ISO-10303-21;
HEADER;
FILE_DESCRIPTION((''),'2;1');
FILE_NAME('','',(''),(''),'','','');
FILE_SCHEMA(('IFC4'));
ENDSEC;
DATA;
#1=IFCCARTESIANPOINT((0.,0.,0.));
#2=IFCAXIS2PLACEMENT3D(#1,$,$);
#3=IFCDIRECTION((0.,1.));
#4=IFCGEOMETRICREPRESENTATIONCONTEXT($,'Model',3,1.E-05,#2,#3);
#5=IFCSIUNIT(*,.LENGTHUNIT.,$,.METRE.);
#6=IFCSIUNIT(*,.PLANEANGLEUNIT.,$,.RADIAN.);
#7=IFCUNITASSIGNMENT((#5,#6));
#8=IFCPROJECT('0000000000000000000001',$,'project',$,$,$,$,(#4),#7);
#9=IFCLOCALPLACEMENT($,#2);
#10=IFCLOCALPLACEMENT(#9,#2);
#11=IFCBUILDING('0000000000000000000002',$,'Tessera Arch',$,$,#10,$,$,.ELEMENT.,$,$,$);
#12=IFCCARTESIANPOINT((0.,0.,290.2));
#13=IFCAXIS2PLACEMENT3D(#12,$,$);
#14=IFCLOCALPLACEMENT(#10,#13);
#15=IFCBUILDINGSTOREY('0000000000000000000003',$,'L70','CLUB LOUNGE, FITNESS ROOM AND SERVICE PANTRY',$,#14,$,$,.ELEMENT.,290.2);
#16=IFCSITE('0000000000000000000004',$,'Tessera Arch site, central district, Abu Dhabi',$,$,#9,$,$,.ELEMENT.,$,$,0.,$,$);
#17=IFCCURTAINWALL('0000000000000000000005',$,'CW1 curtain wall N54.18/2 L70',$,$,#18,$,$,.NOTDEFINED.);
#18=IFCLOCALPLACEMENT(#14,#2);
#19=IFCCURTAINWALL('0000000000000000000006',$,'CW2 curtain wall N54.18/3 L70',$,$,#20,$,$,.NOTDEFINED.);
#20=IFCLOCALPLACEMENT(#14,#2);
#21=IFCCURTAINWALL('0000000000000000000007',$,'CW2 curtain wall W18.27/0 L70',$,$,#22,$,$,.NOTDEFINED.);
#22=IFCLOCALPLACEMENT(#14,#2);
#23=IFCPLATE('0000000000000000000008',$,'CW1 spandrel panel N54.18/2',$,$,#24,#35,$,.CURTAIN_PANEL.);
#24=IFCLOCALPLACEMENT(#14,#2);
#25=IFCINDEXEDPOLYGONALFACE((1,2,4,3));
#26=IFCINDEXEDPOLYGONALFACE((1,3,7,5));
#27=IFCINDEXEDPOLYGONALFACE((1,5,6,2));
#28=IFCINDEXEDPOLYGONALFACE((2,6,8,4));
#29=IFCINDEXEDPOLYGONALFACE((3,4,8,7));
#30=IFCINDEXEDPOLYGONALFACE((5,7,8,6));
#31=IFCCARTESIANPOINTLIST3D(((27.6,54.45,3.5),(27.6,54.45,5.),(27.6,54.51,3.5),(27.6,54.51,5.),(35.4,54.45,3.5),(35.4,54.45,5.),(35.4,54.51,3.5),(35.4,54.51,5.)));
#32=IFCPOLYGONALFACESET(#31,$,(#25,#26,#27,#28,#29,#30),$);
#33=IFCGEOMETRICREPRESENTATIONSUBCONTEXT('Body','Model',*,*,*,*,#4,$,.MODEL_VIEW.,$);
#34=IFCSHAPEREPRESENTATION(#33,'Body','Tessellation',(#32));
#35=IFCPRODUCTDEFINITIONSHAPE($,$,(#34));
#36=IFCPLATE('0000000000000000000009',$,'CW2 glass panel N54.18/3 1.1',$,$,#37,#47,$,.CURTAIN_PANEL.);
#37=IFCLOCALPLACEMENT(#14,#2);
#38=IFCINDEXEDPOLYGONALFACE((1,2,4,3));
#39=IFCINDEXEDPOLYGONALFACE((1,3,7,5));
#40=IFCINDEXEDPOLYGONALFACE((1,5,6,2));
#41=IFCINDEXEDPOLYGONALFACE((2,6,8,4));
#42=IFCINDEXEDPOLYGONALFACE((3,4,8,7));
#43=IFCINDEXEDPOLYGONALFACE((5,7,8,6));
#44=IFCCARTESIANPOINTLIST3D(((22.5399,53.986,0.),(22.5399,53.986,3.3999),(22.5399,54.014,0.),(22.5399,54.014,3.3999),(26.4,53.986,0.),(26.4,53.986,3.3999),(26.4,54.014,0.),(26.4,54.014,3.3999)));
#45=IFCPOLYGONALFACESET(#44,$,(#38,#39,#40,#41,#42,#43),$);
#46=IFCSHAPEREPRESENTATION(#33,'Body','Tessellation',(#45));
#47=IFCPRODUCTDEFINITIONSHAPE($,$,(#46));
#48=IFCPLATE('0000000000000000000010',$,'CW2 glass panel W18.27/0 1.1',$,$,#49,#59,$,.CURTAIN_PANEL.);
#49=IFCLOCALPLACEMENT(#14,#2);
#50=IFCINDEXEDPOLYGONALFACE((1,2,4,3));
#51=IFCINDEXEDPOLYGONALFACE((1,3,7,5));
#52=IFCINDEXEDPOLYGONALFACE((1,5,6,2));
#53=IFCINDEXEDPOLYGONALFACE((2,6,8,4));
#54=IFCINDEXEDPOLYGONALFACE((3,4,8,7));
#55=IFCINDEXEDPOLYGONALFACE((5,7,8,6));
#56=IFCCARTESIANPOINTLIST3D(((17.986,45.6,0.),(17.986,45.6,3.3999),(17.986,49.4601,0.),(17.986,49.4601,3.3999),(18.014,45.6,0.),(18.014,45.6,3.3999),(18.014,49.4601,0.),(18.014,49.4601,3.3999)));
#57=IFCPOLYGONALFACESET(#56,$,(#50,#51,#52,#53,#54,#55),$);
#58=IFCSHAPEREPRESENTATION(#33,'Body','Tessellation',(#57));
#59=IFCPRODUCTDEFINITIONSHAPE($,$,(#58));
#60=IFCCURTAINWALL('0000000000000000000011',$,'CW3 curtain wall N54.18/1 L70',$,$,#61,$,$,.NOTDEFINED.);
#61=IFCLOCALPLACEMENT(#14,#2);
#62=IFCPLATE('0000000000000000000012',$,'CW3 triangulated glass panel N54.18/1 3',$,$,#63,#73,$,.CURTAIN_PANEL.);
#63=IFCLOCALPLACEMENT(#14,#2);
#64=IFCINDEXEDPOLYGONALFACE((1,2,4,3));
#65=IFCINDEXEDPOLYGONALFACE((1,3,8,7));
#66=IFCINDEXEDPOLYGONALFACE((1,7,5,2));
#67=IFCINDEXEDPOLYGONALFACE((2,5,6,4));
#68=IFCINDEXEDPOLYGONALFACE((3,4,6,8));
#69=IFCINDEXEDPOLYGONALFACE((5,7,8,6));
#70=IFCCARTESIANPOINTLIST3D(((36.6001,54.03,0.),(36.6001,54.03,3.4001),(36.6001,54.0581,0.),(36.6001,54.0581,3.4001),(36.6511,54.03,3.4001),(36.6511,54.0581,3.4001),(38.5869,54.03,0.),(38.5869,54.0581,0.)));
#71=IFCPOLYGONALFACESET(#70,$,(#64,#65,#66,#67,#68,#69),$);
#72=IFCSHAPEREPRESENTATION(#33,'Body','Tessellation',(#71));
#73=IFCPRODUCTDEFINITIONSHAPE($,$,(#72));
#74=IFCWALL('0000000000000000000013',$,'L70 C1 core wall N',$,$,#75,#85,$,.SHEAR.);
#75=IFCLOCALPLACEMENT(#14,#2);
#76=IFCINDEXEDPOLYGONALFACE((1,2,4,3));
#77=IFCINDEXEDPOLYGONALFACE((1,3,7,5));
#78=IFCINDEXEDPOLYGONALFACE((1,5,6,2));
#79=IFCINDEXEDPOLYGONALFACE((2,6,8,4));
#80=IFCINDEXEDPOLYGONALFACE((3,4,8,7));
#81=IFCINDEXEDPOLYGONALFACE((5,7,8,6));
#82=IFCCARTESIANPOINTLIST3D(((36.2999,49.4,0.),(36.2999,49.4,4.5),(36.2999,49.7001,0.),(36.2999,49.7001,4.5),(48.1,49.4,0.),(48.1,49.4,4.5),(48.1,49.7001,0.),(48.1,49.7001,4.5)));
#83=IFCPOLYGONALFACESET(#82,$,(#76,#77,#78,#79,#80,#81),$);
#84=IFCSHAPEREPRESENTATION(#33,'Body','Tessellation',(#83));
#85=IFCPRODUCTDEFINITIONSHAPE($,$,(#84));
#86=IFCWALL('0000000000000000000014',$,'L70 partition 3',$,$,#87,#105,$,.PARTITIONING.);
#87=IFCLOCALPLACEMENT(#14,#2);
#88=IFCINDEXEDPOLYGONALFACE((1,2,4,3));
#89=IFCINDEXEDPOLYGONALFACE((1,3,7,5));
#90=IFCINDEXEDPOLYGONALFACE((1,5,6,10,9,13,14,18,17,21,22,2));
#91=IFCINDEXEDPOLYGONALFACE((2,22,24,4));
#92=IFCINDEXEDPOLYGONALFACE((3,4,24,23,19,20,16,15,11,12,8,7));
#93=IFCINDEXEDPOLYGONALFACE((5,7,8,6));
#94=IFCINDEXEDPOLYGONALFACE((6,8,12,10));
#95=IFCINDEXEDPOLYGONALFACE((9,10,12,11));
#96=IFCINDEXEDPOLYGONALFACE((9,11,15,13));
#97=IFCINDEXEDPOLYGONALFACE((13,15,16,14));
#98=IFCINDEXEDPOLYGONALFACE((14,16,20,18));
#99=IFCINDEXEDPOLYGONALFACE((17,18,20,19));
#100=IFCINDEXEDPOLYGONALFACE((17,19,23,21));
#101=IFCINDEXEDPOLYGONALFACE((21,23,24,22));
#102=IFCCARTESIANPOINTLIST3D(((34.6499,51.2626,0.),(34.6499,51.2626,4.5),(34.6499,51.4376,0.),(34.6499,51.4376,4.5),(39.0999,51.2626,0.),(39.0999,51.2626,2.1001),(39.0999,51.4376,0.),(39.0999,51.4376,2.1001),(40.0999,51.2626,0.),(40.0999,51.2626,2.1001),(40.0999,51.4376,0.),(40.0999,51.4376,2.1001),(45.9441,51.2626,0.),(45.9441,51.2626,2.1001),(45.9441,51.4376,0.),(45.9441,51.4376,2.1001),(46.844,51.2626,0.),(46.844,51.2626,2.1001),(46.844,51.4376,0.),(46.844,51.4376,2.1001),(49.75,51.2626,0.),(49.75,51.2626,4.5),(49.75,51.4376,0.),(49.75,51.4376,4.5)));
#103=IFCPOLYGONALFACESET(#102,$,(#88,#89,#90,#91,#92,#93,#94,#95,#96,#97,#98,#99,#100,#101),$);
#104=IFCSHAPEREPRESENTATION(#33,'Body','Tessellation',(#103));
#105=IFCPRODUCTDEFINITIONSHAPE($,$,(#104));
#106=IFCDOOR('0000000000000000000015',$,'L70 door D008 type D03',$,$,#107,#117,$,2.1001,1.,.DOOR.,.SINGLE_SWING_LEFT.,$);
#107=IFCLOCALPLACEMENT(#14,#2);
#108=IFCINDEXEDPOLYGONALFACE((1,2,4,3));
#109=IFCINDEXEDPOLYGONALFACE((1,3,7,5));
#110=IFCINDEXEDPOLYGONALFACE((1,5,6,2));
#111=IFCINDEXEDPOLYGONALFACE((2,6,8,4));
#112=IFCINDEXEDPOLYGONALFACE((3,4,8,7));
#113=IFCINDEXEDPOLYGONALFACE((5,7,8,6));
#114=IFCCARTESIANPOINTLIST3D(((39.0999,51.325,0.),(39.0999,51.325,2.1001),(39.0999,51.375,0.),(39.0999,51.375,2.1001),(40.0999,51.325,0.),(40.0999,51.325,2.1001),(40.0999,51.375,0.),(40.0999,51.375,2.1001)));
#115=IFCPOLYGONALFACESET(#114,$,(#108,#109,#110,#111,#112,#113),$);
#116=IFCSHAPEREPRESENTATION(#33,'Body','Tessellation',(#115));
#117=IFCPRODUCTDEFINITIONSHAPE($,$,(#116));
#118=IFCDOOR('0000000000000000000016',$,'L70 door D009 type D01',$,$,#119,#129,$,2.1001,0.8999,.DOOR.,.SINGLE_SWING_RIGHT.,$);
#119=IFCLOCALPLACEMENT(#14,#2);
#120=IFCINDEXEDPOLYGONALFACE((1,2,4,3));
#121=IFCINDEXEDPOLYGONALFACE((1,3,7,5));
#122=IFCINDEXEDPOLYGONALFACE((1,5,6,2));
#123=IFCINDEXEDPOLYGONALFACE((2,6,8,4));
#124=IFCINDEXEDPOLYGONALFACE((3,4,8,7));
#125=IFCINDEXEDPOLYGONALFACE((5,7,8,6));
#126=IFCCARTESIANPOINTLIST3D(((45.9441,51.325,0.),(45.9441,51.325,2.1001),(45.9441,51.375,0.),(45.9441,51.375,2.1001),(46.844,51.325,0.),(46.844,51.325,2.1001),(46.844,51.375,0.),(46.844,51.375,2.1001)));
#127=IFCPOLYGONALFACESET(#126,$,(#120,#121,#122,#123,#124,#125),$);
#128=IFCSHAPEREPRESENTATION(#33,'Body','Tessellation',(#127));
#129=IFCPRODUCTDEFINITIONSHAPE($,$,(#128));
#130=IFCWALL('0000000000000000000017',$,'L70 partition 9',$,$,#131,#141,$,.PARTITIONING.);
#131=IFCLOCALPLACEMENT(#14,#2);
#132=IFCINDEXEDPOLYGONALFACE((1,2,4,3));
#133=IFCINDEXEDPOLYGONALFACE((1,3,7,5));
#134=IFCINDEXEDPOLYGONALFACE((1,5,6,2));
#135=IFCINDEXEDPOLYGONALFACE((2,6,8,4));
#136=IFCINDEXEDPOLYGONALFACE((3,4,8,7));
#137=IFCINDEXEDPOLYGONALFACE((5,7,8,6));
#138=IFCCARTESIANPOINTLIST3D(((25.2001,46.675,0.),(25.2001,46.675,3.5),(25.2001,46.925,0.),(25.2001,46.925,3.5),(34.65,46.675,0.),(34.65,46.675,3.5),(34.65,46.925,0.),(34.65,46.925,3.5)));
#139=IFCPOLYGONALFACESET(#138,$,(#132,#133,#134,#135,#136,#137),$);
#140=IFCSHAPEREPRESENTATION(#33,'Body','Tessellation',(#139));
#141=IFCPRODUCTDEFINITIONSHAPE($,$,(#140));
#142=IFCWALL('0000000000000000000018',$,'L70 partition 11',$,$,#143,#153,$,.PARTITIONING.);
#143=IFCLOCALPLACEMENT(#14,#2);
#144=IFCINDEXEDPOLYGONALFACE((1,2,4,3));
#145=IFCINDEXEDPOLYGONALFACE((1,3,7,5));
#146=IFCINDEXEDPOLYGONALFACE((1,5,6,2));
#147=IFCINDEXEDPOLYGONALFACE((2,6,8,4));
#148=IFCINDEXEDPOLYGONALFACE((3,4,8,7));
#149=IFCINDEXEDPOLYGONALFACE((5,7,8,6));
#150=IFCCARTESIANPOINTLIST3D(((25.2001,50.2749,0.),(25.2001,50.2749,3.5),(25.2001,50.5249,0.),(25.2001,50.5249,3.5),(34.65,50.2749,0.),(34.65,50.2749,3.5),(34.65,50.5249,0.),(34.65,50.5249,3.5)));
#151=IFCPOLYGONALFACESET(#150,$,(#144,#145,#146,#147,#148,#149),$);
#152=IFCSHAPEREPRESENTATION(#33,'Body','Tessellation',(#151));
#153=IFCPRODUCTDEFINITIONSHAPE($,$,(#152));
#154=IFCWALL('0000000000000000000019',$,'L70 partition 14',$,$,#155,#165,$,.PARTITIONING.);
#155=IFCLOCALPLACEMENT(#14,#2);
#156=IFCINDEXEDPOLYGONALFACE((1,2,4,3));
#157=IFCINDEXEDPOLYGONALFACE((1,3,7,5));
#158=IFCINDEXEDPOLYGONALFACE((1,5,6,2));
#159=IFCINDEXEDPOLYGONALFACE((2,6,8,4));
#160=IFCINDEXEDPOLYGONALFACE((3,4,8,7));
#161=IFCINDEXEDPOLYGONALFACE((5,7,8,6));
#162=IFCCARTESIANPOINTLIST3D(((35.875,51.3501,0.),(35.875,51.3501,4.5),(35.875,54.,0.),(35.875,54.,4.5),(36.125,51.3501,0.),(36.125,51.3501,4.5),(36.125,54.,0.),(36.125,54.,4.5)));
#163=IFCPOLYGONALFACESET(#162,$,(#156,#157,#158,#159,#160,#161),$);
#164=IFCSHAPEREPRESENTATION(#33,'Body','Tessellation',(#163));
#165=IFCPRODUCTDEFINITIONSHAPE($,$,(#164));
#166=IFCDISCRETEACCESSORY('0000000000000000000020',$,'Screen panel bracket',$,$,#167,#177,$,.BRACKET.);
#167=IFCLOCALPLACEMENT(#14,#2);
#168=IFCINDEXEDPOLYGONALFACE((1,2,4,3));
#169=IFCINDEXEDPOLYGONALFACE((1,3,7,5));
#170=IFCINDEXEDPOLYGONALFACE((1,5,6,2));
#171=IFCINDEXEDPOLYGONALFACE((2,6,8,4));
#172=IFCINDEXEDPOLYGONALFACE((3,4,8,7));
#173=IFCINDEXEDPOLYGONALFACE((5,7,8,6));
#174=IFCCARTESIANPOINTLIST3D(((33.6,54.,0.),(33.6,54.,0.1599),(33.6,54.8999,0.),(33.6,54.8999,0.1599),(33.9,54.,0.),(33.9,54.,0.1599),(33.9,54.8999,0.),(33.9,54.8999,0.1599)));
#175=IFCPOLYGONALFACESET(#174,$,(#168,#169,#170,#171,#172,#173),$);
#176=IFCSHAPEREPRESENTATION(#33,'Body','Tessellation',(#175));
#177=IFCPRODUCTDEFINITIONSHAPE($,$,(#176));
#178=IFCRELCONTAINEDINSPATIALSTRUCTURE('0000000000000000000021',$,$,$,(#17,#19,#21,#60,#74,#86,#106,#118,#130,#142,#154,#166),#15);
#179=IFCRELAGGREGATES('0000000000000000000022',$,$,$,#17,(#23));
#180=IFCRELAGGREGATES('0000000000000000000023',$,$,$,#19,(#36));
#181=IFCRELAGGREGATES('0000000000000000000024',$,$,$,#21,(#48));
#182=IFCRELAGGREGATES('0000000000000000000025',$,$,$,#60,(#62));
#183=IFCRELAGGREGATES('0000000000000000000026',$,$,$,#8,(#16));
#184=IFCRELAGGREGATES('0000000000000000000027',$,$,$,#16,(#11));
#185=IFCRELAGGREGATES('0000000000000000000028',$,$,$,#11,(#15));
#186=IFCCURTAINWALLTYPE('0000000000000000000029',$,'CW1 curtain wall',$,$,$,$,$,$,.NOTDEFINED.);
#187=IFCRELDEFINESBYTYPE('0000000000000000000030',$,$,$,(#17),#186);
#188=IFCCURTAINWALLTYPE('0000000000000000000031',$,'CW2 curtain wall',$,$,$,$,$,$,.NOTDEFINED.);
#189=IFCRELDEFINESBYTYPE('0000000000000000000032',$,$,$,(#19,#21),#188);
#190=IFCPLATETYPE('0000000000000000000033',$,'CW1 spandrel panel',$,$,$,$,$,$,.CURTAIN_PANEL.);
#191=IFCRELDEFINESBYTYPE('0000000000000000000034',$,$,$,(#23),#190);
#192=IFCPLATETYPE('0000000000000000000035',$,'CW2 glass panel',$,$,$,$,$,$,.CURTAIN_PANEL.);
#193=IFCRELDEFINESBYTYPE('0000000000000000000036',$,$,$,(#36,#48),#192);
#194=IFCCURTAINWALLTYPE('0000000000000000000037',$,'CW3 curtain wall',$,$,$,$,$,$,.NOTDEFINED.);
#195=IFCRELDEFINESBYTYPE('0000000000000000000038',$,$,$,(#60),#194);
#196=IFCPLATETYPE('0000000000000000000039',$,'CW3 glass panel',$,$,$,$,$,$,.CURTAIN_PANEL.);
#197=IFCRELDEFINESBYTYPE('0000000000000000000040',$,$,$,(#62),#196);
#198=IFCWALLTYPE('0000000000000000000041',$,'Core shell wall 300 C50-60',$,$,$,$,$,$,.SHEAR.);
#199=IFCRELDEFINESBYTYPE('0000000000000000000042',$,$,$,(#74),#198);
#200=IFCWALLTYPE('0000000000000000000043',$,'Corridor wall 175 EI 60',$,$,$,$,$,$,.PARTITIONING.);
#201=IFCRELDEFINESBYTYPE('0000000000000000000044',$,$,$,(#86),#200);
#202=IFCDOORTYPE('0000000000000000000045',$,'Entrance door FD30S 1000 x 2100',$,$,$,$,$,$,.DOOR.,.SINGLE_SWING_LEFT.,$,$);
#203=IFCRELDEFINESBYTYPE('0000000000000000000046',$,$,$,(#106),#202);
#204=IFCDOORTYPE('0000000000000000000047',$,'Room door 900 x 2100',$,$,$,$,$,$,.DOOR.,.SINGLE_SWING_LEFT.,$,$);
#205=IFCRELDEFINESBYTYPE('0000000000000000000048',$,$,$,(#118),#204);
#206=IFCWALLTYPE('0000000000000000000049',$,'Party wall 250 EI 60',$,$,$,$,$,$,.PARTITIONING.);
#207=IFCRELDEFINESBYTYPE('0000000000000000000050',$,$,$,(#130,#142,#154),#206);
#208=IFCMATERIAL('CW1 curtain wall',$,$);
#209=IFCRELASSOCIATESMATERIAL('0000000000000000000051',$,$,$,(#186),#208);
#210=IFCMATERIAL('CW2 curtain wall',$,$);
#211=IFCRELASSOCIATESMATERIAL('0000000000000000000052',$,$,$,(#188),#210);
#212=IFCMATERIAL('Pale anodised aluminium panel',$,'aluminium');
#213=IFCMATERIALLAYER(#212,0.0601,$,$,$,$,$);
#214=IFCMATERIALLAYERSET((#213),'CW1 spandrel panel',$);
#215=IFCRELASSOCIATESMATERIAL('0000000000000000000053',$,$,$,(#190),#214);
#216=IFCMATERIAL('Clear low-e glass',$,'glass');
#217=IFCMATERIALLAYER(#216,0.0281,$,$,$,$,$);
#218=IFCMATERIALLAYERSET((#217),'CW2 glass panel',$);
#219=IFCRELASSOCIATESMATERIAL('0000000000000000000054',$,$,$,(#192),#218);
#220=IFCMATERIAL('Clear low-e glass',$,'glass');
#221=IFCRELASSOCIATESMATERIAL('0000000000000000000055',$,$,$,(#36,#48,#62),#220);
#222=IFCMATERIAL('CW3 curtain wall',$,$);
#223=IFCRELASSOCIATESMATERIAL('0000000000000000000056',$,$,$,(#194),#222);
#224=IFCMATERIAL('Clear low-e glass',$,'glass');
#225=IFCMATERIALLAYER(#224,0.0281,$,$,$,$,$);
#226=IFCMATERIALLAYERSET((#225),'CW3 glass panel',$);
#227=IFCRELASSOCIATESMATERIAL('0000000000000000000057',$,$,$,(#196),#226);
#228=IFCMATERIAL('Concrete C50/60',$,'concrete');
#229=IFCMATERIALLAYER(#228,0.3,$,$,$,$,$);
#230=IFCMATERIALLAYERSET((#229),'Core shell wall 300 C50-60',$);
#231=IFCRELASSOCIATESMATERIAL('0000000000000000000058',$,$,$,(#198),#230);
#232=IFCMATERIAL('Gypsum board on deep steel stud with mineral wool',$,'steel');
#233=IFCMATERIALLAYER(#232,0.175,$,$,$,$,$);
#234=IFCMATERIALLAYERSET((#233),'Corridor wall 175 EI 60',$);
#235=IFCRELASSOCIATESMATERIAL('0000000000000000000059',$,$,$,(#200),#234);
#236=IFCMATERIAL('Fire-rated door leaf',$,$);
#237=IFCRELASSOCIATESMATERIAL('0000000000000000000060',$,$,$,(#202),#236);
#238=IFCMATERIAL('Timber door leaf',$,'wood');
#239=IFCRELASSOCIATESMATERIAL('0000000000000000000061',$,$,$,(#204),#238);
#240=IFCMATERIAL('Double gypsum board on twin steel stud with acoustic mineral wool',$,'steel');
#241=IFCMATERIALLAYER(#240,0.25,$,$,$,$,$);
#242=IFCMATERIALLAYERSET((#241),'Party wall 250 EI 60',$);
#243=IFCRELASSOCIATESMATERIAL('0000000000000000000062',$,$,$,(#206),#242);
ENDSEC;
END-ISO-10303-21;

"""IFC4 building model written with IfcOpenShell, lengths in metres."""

from ifc_helpers import new_model, si_unit, direction, frame, frame_2d, origin, origin_2d, place, context, subcontext, project, spatial, polyline, rectangle, outline, extrude, material, layer, layer_set, type_object, element, fill, aggregate, save


model = new_model("IFC4")

# Units and contexts
model_context = context("Model", 3, precision=1e-05, world=origin(), true_north=direction((0.0, 1.0)))
body_context = subcontext(model_context, "Body", "Model", "MODEL_VIEW")
ifc_project = project(units=[si_unit("LENGTHUNIT", "METRE"), si_unit("PLANEANGLEUNIT", "RADIAN")], contexts=[model_context])

# Site, building, storey
site_placement = place(None, origin())
site = spatial("IfcSite", under=ifc_project, at=site_placement, Name="Tessera Arch site, central district, Abu Dhabi", CompositionType="ELEMENT", RefElevation=0.0)
building_placement = place(site_placement, origin())
building = spatial("IfcBuilding", under=site, at=building_placement, Name="Tessera Arch", CompositionType="ELEMENT")
storey_placement = place(building_placement, frame((0.0, 0.0, 290.2)))
storey = spatial("IfcBuildingStorey", under=building, at=storey_placement, Name="L70", Description="CLUB LOUNGE, FITNESS ROOM AND SERVICE PANTRY", CompositionType="ELEMENT", Elevation=290.2)

# Curtain wall
ifc_material_1 = material(Name="CW1 curtain wall")
curtain_wall_type_1 = type_object("IfcCurtainWallType", Name="CW1 curtain wall", PredefinedType="NOTDEFINED", material=ifc_material_1)
curtain_wall_1_placement = place(storey_placement, origin())
curtain_wall_1 = element("IfcCurtainWall", 1, at=curtain_wall_1_placement, inside=storey, type_object=curtain_wall_type_1, Name="CW1 curtain wall N54.18/2 L70", PredefinedType="NOTDEFINED")

# Curtain walls
ifc_material_2 = material(Name="CW2 curtain wall")
curtain_wall_type_2 = type_object("IfcCurtainWallType", Name="CW2 curtain wall", PredefinedType="NOTDEFINED", material=ifc_material_2)
curtain_wall_2_placement = place(storey_placement, origin())
curtain_wall_2 = element("IfcCurtainWall", 2, at=curtain_wall_2_placement, inside=storey, type_object=curtain_wall_type_2, Name="CW2 curtain wall N54.18/3 L70", PredefinedType="NOTDEFINED")
curtain_wall_3_placement = place(storey_placement, origin())
curtain_wall_3 = element("IfcCurtainWall", 3, at=curtain_wall_3_placement, inside=storey, type_object=curtain_wall_type_2, Name="CW2 curtain wall W18.27/0 L70", PredefinedType="NOTDEFINED")

# Plates
ifc_material_3 = material(Name="Clear low-e glass", Category="glass")
ifc_material_4 = material(Name="Pale anodised aluminium panel", Category="aluminium")
ifc_layer_1 = layer(ifc_material_4, 0.0601)
ifc_layer_set_1 = layer_set([ifc_layer_1], Name="CW1 spandrel panel")
plate_type_1 = type_object("IfcPlateType", Name="CW1 spandrel panel", PredefinedType="CURTAIN_PANEL", material=ifc_layer_set_1)
plate_1_placement = place(storey_placement, frame((31.5, 54.48, 3.5), z_axis=(0.0, 0.0, 1.0), x_axis=(-1.0, 0.0, 0.0)))
plate_1 = element("IfcPlate", 4, at=plate_1_placement, type_object=plate_type_1, Name="CW1 spandrel panel N54.18/2", PredefinedType="CURTAIN_PANEL", context=body_context, shape_type="SweptSolid", body=[
    extrude(rectangle(XDim=7.8, YDim=0.0601, at=origin_2d()), origin(), (0.0, 0.0, 1.0), 1.5),
])
aggregate(curtain_wall_1, [plate_1])
ifc_material_5 = material(Name="Clear low-e glass", Category="glass")
ifc_layer_2 = layer(ifc_material_5, 0.0281)
ifc_layer_set_2 = layer_set([ifc_layer_2], Name="CW2 glass panel")
plate_type_2 = type_object("IfcPlateType", Name="CW2 glass panel", PredefinedType="CURTAIN_PANEL", material=ifc_layer_set_2)
plate_2_placement = place(storey_placement, frame((24.47, 54.0, 0.0), z_axis=(0.0, 0.0, 1.0), x_axis=(-1.0, 0.0, 0.0)))
plate_2 = element("IfcPlate", 5, at=plate_2_placement, type_object=plate_type_2, material=ifc_material_3, Name="CW2 glass panel N54.18/3 1.1", PredefinedType="CURTAIN_PANEL", context=body_context, shape_type="SweptSolid", body=[
    extrude(rectangle(XDim=3.8601, YDim=0.0281, at=origin_2d()), origin(), (0.0, 0.0, 1.0), 3.3999),
])
aggregate(curtain_wall_2, [plate_2])
plate_3_placement = place(storey_placement, frame((18.0, 47.53, 0.0), z_axis=(0.0, 0.0, 1.0), x_axis=(0.0, -1.0, 0.0)))
plate_3 = element("IfcPlate", 6, at=plate_3_placement, type_object=plate_type_2, material=ifc_material_3, Name="CW2 glass panel W18.27/0 1.1", PredefinedType="CURTAIN_PANEL", context=body_context, shape_type="SweptSolid", body=[
    extrude(rectangle(XDim=3.8601, YDim=0.0281, at=origin_2d()), origin(), (0.0, 0.0, 1.0), 3.3999),
])
aggregate(curtain_wall_3, [plate_3])

# Curtain wall, plate
ifc_material_6 = material(Name="CW3 curtain wall")
curtain_wall_type_3 = type_object("IfcCurtainWallType", Name="CW3 curtain wall", PredefinedType="NOTDEFINED", material=ifc_material_6)
curtain_wall_4_placement = place(storey_placement, origin())
curtain_wall_4 = element("IfcCurtainWall", 7, at=curtain_wall_4_placement, inside=storey, type_object=curtain_wall_type_3, Name="CW3 curtain wall N54.18/1 L70", PredefinedType="NOTDEFINED")
ifc_material_7 = material(Name="Clear low-e glass", Category="glass")
ifc_layer_3 = layer(ifc_material_7, 0.0281)
ifc_layer_set_3 = layer_set([ifc_layer_3], Name="CW3 glass panel")
plate_type_3 = type_object("IfcPlateType", Name="CW3 glass panel", PredefinedType="CURTAIN_PANEL", material=ifc_layer_set_3)
plate_4_placement = place(storey_placement, frame((36.6001, 54.0581, 3.4001), z_axis=(0.0, 1.0, 0.0), x_axis=(1.0, 0.0, 0.0)))
plate_4 = element("IfcPlate", 8, at=plate_4_placement, type_object=plate_type_3, material=ifc_material_3, Name="CW3 triangulated glass panel N54.18/1 3", PredefinedType="CURTAIN_PANEL", context=body_context, shape_type="SweptSolid", body=[
    extrude(outline(polyline([(0.0, 0.0), (0.051, 0.0), (1.9868, 3.4001), (0.0, 3.4001), (0.0, 0.0)])), origin(), (0.0, 0.0, -1.0), 0.0281),
])
aggregate(curtain_wall_4, [plate_4])

# Wall
ifc_material_8 = material(Name="Concrete C50/60", Category="concrete")
ifc_layer_4 = layer(ifc_material_8, 0.3)
ifc_layer_set_4 = layer_set([ifc_layer_4], Name="Core shell wall 300 C50-60")
wall_type_1 = type_object("IfcWallType", Name="Core shell wall 300 C50-60", PredefinedType="SHEAR", material=ifc_layer_set_4)
wall_1_placement = place(storey_placement, frame((36.3, 49.55, 0.0), z_axis=(0.0, 0.0, 1.0), x_axis=(1.0, 0.0, 0.0)))
element("IfcWall", 9, at=wall_1_placement, inside=storey, type_object=wall_type_1, Name="L70 C1 core wall N", PredefinedType="SHEAR", context=body_context, shape_type="SweptSolid", body=[
    extrude(rectangle(XDim=11.8, YDim=0.3, at=frame_2d((5.8999, 0.0))), origin(), (0.0, 0.0, 1.0), 4.5),
])

# Wall, openings, doors
ifc_material_9 = material(Name="Gypsum board on deep steel stud with mineral wool", Category="steel")
ifc_layer_5 = layer(ifc_material_9, 0.175)
ifc_layer_set_5 = layer_set([ifc_layer_5], Name="Corridor wall 175 EI 60")
wall_type_2 = type_object("IfcWallType", Name="Corridor wall 175 EI 60", PredefinedType="PARTITIONING", material=ifc_layer_set_5)
wall_2_placement = place(storey_placement, frame((34.6499, 51.3501, 0.0), z_axis=(0.0, 0.0, 1.0), x_axis=(1.0, 0.0, 0.0)))
wall_2 = element("IfcWall", 10, at=wall_2_placement, inside=storey, type_object=wall_type_2, Name="L70 partition 3", PredefinedType="PARTITIONING", context=body_context, shape_type="SweptSolid", body=[
    extrude(rectangle(XDim=15.1001, YDim=0.175, at=frame_2d((7.55, 0.0))), origin(), (0.0, 0.0, 1.0), 4.5),
])
opening_1_placement = place(wall_2_placement, frame((4.45, 0.0, 0.0)))
opening_1 = element("IfcOpeningElement", 11, at=opening_1_placement, cuts=wall_2, PredefinedType="OPENING", context=body_context, shape_type="SweptSolid", body=[
    extrude(rectangle(XDim=1.0, YDim=2.1001, at=frame_2d((0.5, 1.05))), frame((0.0, 0.0974, 0.0), z_axis=(0.0, -1.0, 0.0), x_axis=(1.0, 0.0, 0.0)), (0.0, 0.0, 1.0), 0.1951),
])
opening_2_placement = place(wall_2_placement, frame((11.2942, 0.0, 0.0)))
opening_2 = element("IfcOpeningElement", 12, at=opening_2_placement, cuts=wall_2, PredefinedType="OPENING", context=body_context, shape_type="SweptSolid", body=[
    extrude(rectangle(XDim=0.8999, YDim=2.1001, at=frame_2d((0.45, 1.05))), frame((0.0, 0.0974, 0.0), z_axis=(0.0, -1.0, 0.0), x_axis=(1.0, 0.0, 0.0)), (0.0, 0.0, 1.0), 0.1951),
])
ifc_material_10 = material(Name="Fire-rated door leaf")
door_type_1 = type_object("IfcDoorType", Name="Entrance door FD30S 1000 x 2100", OperationType="SINGLE_SWING_LEFT", PredefinedType="DOOR", material=ifc_material_10)
door_1_placement = place(opening_1_placement, origin())
door_1 = element("IfcDoor", 13, at=door_1_placement, inside=storey, type_object=door_type_1, Name="L70 door D008 type D03", OperationType="SINGLE_SWING_LEFT", OverallHeight=2.1001, OverallWidth=1.0, PredefinedType="DOOR", context=body_context, shape_type="SweptSolid", body=[
    extrude(rectangle(XDim=1.0, YDim=2.1001, at=frame_2d((0.5, 1.05))), frame((0.0, 0.0249, 0.0), z_axis=(0.0, -1.0, 0.0), x_axis=(1.0, 0.0, 0.0)), (0.0, 0.0, 1.0), 0.05),
])
fill(opening_1, door_1)
ifc_material_11 = material(Name="Timber door leaf", Category="wood")
door_type_2 = type_object("IfcDoorType", Name="Room door 900 x 2100", OperationType="SINGLE_SWING_LEFT", PredefinedType="DOOR", material=ifc_material_11)
door_2_placement = place(opening_2_placement, origin())
door_2 = element("IfcDoor", 14, at=door_2_placement, inside=storey, type_object=door_type_2, Name="L70 door D009 type D01", OperationType="SINGLE_SWING_RIGHT", OverallHeight=2.1001, OverallWidth=0.8999, PredefinedType="DOOR", context=body_context, shape_type="SweptSolid", body=[
    extrude(rectangle(XDim=0.8999, YDim=2.1001, at=frame_2d((0.45, 1.05))), frame((0.0, 0.0249, 0.0), z_axis=(0.0, -1.0, 0.0), x_axis=(1.0, 0.0, 0.0)), (0.0, 0.0, 1.0), 0.05),
])
fill(opening_2, door_2)

# Walls
ifc_material_12 = material(Name="Double gypsum board on twin steel stud with acoustic mineral wool", Category="steel")
ifc_layer_6 = layer(ifc_material_12, 0.25)
ifc_layer_set_6 = layer_set([ifc_layer_6], Name="Party wall 250 EI 60")
wall_type_3 = type_object("IfcWallType", Name="Party wall 250 EI 60", PredefinedType="PARTITIONING", material=ifc_layer_set_6)
for number, where, z_axis, x_axis, name in (
    (15, (25.2, 46.8, 0.0), (0.0, 0.0, 1.0), (1.0, 0.0, 0.0), "L70 partition 9"),
    (16, (25.2, 50.3999, 0.0), (0.0, 0.0, 1.0), (1.0, 0.0, 0.0), "L70 partition 11"),
):
    element("IfcWall", number, at=place(storey_placement, frame(where, z_axis=z_axis, x_axis=x_axis)), inside=storey, type_object=wall_type_3, Name=name, PredefinedType="PARTITIONING", context=body_context, shape_type="SweptSolid", body=[
        extrude(rectangle(XDim=9.45, YDim=0.25, at=frame_2d((4.7251, 0.0))), origin(), (0.0, 0.0, 1.0), 3.5),
    ])
wall_3_placement = place(storey_placement, frame((36.0, 51.3501, 0.0), z_axis=(0.0, 0.0, 1.0), x_axis=(0.0, 1.0, 0.0)))
element("IfcWall", 17, at=wall_3_placement, inside=storey, type_object=wall_type_3, Name="L70 partition 14", PredefinedType="PARTITIONING", context=body_context, shape_type="SweptSolid", body=[
    extrude(rectangle(XDim=2.6499, YDim=0.25, at=frame_2d((1.325, 0.0))), origin(), (0.0, 0.0, 1.0), 4.5),
])

# Discrete accessory
for number, where, z_axis, x_axis, name in (
    (18, (33.75, 54.45, 0.0), (0.0, 0.0, 1.0), (0.0, 1.0, 0.0), "Screen panel bracket"),
):
    element("IfcDiscreteAccessory", number, at=place(storey_placement, frame(where, z_axis=z_axis, x_axis=x_axis)), inside=storey, Name=name, PredefinedType="BRACKET", context=body_context, shape_type="SweptSolid", body=[
        extrude(rectangle(XDim=0.8999, YDim=0.3, at=origin_2d()), origin(), (0.0, 0.0, 1.0), 0.1599),
    ])

save(model, "model.ifc")
